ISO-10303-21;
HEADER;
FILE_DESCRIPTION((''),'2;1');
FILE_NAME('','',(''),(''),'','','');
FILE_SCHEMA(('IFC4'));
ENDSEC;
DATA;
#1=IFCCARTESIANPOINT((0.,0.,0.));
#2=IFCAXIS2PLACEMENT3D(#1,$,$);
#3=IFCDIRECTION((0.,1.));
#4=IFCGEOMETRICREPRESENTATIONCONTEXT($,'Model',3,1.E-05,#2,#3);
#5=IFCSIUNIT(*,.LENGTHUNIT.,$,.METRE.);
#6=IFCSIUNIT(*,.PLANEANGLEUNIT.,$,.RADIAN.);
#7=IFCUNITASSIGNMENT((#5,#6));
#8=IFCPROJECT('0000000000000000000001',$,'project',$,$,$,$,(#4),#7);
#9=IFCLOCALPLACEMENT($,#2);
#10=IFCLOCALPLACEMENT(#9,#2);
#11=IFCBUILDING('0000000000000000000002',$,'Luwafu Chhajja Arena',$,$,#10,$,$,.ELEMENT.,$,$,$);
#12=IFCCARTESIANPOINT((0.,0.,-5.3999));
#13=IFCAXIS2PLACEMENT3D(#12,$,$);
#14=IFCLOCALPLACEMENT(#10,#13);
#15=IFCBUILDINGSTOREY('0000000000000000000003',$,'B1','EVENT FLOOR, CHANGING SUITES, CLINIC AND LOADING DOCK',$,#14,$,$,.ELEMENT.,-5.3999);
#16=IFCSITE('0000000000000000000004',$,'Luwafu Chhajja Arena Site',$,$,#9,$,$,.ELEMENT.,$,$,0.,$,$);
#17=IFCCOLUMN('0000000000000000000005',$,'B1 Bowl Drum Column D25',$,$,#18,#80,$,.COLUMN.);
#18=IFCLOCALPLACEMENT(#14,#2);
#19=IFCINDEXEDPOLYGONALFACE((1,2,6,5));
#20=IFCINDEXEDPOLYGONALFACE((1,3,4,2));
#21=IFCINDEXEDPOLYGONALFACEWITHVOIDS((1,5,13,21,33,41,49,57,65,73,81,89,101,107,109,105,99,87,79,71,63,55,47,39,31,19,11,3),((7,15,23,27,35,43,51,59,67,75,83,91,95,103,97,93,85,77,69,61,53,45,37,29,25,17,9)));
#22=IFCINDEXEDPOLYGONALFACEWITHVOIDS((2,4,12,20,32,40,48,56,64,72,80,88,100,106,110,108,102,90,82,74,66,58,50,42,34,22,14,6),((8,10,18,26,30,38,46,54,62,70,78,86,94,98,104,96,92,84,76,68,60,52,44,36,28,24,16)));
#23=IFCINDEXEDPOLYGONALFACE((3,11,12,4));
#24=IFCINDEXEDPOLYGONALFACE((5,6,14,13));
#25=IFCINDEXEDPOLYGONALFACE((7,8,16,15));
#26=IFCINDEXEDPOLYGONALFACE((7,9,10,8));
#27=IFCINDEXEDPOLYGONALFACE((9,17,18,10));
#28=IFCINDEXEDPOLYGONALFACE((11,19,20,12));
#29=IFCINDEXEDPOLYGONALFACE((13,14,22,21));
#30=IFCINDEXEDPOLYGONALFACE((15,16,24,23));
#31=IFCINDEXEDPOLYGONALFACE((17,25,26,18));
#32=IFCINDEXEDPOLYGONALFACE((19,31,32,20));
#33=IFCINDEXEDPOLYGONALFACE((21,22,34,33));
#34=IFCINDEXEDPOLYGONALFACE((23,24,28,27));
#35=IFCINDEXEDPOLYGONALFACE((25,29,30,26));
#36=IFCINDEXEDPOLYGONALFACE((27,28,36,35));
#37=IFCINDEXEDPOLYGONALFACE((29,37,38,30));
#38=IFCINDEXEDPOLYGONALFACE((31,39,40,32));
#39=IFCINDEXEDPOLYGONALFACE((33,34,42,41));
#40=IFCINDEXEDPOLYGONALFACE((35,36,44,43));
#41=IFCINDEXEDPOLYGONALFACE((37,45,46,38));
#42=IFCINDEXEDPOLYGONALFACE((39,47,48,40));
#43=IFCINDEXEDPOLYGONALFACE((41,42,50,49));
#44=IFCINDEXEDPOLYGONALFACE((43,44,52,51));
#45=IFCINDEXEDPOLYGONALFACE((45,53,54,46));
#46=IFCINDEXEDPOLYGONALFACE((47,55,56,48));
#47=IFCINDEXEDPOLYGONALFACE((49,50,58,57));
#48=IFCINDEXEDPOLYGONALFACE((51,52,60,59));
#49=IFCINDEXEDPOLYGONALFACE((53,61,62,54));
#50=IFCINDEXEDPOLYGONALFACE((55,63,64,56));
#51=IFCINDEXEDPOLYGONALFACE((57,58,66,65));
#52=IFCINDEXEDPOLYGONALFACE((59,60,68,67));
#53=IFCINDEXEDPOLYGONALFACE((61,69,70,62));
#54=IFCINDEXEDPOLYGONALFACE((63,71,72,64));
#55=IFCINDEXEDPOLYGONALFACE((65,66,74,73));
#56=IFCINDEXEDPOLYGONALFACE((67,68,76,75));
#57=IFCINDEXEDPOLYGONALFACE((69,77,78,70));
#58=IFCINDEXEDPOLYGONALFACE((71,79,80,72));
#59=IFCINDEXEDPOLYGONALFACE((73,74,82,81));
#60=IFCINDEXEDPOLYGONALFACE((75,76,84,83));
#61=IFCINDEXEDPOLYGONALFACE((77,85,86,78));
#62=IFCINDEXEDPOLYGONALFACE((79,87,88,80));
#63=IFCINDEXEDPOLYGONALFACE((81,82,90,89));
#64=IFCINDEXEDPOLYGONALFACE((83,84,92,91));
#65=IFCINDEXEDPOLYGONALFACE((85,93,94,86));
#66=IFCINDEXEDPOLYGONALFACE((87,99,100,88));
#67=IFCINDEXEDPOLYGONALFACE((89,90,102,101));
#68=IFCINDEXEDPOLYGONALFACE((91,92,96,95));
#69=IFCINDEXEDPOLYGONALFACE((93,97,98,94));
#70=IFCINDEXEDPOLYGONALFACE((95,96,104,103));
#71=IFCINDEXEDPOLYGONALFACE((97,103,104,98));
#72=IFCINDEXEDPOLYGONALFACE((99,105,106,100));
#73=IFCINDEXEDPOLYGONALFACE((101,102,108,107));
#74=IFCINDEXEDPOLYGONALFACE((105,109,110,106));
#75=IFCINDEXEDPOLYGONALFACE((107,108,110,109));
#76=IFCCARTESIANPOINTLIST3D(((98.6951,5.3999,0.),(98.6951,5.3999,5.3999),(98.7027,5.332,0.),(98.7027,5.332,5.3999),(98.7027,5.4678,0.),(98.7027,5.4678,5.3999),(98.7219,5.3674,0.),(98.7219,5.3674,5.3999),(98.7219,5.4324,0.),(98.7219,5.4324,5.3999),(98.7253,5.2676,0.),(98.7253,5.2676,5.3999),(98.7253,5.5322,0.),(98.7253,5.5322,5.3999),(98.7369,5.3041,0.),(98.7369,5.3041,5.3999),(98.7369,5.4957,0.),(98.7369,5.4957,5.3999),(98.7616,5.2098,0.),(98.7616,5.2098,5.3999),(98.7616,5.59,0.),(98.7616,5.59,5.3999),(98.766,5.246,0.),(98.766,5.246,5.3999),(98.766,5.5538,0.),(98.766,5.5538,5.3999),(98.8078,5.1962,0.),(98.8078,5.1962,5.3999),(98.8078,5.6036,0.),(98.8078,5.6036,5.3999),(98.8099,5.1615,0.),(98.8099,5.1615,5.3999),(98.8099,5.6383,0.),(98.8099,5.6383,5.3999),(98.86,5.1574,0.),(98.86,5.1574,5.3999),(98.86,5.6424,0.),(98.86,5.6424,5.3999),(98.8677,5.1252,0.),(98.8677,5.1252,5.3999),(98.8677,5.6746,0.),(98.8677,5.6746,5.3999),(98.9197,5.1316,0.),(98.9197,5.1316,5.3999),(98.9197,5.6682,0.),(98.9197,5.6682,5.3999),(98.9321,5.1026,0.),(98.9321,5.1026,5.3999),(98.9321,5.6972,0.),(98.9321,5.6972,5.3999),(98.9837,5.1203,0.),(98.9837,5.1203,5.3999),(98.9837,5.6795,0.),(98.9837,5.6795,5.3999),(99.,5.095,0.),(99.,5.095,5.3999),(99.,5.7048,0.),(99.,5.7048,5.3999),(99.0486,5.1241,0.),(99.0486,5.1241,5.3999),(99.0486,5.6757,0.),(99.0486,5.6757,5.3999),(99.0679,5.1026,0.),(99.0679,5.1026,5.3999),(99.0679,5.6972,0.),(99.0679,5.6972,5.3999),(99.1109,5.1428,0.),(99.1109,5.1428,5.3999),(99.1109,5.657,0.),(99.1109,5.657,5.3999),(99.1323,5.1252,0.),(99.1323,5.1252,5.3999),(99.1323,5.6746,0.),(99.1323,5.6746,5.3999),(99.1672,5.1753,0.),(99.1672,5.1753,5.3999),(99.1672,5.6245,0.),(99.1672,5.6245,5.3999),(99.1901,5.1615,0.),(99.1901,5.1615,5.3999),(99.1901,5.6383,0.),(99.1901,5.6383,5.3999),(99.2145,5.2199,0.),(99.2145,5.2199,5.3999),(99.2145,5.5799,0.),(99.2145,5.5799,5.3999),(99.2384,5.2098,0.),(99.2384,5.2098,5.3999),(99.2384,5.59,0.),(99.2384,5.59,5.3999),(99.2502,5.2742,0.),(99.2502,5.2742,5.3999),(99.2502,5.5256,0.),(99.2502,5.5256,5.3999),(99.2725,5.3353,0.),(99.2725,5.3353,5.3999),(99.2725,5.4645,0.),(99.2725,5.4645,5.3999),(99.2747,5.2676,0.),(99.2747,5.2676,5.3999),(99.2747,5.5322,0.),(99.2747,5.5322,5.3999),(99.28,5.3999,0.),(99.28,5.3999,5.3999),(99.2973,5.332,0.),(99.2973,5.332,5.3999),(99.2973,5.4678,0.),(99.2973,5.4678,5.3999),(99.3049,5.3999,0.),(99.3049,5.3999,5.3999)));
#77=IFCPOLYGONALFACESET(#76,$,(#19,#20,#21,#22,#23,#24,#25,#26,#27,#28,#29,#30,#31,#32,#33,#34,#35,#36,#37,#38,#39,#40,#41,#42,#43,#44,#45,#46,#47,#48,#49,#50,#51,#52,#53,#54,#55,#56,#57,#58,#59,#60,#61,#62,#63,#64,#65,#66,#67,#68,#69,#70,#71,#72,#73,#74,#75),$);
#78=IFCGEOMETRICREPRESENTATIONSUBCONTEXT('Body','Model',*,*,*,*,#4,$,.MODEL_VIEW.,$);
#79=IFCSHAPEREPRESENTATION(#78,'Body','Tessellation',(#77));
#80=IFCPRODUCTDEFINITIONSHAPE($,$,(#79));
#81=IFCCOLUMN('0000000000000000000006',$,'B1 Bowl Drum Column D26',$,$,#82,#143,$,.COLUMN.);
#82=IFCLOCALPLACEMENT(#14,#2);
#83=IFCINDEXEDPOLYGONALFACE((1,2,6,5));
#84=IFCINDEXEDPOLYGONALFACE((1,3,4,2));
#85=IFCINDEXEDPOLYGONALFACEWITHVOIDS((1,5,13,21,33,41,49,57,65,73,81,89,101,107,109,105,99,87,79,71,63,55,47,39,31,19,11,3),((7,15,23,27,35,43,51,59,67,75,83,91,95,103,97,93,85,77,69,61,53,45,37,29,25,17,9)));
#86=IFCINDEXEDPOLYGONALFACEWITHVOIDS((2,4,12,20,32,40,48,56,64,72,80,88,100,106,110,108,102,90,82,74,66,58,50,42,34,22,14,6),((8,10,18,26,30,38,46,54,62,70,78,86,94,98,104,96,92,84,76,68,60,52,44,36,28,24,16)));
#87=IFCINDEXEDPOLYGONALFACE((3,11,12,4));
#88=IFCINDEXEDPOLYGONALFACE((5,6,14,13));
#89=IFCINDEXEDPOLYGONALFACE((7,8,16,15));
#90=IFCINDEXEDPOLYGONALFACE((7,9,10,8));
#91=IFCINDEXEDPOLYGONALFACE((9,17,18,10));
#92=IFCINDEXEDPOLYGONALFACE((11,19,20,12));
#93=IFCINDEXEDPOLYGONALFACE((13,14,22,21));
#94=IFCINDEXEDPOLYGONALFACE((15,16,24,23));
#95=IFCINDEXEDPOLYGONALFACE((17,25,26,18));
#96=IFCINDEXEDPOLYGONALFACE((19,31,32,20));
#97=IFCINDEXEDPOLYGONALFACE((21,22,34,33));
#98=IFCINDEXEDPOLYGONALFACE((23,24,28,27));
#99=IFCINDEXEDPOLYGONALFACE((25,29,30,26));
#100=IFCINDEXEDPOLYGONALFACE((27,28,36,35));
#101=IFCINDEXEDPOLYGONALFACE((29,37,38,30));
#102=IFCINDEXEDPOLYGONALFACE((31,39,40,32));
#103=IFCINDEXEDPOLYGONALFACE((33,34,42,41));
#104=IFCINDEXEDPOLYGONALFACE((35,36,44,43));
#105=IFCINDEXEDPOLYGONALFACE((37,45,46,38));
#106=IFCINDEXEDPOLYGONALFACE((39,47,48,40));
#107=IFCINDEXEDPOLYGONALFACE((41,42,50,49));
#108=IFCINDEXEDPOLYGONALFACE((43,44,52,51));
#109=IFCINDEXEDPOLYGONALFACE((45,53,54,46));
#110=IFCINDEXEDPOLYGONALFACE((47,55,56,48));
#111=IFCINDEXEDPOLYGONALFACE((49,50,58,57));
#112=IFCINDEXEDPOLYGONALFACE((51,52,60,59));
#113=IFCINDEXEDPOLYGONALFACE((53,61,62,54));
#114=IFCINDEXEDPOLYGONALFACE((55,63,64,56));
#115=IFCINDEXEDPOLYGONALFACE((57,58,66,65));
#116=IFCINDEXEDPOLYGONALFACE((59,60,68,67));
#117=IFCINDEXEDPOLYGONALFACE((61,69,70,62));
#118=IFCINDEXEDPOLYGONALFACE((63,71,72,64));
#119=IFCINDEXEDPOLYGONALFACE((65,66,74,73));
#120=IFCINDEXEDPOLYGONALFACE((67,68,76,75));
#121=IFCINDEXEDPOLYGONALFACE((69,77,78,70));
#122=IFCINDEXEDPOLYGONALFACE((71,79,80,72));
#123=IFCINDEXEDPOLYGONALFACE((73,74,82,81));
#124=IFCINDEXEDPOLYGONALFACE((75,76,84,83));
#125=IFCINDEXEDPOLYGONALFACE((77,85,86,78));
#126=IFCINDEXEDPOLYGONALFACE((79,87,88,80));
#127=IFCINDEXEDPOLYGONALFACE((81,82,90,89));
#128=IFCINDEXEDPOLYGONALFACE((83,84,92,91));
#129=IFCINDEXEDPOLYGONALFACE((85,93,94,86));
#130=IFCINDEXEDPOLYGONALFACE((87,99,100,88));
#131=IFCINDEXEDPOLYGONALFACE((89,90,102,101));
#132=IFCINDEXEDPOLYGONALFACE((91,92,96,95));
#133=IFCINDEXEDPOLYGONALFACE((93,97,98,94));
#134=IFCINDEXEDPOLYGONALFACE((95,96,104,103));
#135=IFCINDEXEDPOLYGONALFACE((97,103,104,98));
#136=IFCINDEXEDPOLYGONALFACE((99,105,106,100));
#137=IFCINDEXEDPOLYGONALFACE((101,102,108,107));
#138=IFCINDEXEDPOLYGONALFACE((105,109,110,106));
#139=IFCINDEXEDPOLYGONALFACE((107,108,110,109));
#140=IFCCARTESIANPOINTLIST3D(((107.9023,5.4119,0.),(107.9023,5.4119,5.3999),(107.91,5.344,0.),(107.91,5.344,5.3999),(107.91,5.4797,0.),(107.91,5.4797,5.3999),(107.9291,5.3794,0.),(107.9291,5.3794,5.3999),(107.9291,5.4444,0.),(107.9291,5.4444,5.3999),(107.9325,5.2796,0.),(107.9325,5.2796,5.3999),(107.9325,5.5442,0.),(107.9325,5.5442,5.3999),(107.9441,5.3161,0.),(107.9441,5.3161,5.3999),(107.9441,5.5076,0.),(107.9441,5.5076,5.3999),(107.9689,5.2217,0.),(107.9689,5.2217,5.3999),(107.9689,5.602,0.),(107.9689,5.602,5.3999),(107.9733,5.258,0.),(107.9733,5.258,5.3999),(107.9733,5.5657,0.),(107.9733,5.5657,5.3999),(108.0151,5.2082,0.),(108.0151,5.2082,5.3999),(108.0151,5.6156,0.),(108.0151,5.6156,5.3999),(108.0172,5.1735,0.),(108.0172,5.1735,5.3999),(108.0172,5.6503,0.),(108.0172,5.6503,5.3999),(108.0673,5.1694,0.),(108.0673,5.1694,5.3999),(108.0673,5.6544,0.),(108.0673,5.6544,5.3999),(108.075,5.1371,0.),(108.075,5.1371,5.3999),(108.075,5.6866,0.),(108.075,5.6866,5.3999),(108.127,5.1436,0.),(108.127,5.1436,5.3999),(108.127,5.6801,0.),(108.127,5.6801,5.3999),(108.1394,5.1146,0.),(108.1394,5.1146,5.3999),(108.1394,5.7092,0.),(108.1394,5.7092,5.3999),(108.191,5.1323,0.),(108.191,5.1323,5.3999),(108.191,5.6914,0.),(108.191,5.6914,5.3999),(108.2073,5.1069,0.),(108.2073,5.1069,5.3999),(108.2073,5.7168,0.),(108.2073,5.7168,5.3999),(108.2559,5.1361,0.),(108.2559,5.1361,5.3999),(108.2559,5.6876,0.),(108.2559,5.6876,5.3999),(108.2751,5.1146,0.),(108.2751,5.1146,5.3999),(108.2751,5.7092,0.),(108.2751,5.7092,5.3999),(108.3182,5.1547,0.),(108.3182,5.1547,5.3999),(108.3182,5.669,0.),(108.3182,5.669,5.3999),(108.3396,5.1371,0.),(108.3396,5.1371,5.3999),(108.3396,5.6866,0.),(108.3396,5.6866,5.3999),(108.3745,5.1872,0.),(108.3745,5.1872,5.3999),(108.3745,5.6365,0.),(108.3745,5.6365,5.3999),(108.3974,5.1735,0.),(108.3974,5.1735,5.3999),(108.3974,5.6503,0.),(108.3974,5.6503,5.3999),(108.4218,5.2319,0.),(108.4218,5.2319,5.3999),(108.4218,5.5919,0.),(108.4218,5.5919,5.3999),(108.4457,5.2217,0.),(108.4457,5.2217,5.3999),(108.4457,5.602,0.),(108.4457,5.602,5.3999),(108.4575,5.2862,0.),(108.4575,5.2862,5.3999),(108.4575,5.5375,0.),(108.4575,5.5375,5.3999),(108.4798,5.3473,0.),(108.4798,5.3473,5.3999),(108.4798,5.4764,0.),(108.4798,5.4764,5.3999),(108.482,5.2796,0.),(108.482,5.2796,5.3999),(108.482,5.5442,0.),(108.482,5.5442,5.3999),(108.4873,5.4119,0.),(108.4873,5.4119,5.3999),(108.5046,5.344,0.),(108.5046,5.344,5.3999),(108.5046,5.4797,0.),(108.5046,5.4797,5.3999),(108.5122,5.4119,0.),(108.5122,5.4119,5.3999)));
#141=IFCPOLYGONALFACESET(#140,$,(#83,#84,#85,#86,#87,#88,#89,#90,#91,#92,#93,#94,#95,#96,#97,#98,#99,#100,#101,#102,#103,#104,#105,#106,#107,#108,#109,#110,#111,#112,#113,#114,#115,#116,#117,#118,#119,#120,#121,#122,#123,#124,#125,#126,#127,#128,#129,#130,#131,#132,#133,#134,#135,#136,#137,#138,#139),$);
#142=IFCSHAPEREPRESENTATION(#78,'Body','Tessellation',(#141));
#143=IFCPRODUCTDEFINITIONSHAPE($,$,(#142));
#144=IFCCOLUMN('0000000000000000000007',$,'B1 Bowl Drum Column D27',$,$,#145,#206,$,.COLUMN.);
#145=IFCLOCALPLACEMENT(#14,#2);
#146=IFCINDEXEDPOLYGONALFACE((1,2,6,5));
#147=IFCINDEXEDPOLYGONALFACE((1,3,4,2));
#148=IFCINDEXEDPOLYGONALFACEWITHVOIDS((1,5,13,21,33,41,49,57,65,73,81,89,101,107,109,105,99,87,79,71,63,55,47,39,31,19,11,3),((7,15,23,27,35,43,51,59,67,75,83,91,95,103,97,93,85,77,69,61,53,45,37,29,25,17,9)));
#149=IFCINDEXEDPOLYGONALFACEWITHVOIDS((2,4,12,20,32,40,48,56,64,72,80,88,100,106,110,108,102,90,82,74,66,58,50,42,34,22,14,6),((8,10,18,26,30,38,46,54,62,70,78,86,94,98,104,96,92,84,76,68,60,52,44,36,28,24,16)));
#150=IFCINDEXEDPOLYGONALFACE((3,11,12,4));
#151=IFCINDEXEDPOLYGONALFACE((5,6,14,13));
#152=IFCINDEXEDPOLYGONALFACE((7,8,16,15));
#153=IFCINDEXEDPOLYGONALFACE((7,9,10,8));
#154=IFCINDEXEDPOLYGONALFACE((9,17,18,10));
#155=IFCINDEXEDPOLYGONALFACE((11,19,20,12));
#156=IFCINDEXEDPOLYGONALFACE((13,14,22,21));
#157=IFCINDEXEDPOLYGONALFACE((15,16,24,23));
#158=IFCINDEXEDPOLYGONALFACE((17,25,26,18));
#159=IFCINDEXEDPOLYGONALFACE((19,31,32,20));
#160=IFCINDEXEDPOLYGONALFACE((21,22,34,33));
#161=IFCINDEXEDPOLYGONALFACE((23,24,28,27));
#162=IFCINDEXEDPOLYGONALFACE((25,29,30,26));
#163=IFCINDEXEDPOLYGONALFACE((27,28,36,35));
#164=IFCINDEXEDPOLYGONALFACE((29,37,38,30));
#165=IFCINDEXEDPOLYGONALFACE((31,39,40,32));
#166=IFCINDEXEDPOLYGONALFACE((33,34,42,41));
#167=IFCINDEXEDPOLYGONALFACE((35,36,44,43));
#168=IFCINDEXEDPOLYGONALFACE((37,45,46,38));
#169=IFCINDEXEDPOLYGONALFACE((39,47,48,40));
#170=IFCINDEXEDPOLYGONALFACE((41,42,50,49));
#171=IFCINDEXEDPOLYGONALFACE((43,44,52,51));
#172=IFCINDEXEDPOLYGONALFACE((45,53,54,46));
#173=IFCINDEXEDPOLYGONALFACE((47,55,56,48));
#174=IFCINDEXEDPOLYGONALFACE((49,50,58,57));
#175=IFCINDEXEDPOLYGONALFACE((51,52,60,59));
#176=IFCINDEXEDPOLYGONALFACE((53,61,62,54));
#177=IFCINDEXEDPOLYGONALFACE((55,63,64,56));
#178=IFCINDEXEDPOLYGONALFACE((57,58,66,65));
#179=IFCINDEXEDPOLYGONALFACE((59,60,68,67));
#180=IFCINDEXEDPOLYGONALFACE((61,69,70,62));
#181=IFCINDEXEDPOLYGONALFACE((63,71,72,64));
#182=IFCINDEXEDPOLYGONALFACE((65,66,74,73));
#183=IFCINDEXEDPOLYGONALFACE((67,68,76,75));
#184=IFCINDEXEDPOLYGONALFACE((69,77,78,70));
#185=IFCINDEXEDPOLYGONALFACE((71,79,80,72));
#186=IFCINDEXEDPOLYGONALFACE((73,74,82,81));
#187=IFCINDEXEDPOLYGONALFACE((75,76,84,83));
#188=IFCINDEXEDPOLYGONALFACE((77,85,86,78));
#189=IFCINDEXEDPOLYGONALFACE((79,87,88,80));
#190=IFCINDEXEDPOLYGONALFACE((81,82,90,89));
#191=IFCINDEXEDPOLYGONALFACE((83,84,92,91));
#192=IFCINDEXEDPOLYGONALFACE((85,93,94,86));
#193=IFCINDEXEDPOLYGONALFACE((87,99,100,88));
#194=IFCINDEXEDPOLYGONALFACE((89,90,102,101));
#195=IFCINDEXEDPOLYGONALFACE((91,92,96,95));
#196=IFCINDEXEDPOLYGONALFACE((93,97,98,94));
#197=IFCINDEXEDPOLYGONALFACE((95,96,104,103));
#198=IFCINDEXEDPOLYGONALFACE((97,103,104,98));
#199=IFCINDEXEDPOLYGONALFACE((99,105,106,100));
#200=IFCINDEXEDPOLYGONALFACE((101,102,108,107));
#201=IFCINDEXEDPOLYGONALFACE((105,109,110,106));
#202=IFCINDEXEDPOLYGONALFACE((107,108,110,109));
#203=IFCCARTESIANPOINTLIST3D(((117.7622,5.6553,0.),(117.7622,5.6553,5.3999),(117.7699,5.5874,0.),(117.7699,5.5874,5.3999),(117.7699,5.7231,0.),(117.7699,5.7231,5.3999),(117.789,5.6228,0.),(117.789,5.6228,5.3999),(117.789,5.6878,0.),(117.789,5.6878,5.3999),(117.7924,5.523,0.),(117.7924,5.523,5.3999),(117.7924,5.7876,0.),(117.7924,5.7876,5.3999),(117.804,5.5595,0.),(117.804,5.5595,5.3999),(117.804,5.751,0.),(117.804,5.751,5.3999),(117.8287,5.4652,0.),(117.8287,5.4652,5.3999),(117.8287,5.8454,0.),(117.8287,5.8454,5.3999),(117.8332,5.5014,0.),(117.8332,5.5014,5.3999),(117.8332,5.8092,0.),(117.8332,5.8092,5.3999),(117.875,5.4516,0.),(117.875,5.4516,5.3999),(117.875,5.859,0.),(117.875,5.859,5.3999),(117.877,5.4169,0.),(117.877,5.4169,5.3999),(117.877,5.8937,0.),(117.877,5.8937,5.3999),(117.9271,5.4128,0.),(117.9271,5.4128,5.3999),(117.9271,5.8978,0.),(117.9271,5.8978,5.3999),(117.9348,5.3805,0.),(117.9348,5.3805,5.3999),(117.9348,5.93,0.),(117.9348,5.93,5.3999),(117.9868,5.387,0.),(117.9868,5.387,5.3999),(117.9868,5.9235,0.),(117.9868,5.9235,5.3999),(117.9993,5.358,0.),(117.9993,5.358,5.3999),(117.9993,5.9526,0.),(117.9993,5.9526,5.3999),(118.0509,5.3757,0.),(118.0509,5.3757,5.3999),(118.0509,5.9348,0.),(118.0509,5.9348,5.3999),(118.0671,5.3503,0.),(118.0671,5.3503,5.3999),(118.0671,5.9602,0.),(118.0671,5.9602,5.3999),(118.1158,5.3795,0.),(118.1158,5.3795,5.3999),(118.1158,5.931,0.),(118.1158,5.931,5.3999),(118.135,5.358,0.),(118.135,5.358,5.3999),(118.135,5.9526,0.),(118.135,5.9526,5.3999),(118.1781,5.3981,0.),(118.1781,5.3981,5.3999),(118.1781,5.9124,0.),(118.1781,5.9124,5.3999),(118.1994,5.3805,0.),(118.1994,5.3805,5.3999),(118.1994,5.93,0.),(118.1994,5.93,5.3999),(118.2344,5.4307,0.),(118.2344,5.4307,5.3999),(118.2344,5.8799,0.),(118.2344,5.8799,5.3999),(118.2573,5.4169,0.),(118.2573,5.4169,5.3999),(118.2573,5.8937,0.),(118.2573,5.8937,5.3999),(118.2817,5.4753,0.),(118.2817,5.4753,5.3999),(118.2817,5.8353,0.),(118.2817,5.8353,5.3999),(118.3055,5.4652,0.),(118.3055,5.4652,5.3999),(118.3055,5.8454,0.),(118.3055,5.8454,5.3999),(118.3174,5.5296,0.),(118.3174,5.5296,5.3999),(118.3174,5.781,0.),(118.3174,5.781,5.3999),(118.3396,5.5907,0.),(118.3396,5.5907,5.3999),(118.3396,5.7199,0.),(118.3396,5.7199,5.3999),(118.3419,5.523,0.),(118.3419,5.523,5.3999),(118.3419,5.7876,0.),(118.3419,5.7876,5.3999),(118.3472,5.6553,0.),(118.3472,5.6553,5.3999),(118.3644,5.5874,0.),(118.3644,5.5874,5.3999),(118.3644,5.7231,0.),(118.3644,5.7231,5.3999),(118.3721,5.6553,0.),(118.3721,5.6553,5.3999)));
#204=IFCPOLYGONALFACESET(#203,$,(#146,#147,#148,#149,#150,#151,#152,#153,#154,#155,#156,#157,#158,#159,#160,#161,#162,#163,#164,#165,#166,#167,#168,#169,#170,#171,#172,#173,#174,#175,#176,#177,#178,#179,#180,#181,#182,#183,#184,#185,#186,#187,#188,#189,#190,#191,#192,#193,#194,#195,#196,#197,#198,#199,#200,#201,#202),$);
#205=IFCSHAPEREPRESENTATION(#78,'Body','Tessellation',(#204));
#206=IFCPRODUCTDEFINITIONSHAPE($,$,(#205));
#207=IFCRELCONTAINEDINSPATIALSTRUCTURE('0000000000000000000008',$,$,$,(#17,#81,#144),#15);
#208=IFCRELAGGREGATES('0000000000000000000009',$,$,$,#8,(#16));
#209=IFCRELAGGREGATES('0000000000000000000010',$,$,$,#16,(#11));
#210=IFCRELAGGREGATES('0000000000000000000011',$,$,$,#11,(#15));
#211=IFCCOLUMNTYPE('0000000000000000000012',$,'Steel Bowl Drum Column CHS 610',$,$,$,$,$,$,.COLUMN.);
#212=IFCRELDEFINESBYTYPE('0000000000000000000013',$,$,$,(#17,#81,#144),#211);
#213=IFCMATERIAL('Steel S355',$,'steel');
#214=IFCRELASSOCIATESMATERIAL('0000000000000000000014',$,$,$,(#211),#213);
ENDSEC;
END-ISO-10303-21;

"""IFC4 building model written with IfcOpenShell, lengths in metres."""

from ifc_helpers import new_model, si_unit, direction, frame, origin, origin_2d, place, context, subcontext, project, spatial, hollow_circle, extrude, material, material_profile, profile_set, type_object, element, save


model = new_model("IFC4")

# Units and contexts
model_context = context("Model", 3, precision=1e-05, world=origin(), true_north=direction((0.0, 1.0)))
body_context = subcontext(model_context, "Body", "Model", "MODEL_VIEW")
ifc_project = project(units=[si_unit("LENGTHUNIT", "METRE"), si_unit("PLANEANGLEUNIT", "RADIAN")], contexts=[model_context])

# Site, building, storey
site_placement = place(None, origin())
site = spatial("IfcSite", under=ifc_project, at=site_placement, Name="Luwafu Chhajja Arena Site", CompositionType="ELEMENT", RefElevation=0.0)
building_placement = place(site_placement, origin())
building = spatial("IfcBuilding", under=site, at=building_placement, Name="Luwafu Chhajja Arena", CompositionType="ELEMENT")
storey_placement = place(building_placement, frame((0.0, 0.0, -5.3999)))
storey = spatial("IfcBuildingStorey", under=building, at=storey_placement, Name="B1", Description="EVENT FLOOR, CHANGING SUITES, CLINIC AND LOADING DOCK", CompositionType="ELEMENT", Elevation=-5.3999)

# Columns
ifc_material_1 = material(Name="Steel S355", Category="steel")
ifc_material_profile_1 = material_profile(ifc_material_1, hollow_circle(Radius=0.3049, WallThickness=0.0249, at=origin_2d()), Name="CHS 610x25")
ifc_profile_set_1 = profile_set([ifc_material_profile_1], Name="Steel S355")
column_type_1 = type_object("IfcColumnType", Name="Steel Bowl Drum Column CHS 610", PredefinedType="COLUMN", material=ifc_profile_set_1)
for number, where, z_axis, x_axis, name in (
    (1, (99.0, 5.3999, 0.0), (0.0, 0.0, 1.0), (1.0, 0.0, 0.0), "B1 Bowl Drum Column D25"),
    (2, (108.2073, 5.4119, 0.0), (0.0, 0.0, 1.0), (1.0, 0.0, 0.0), "B1 Bowl Drum Column D26"),
    (3, (118.0671, 5.6553, 0.0), (0.0, 0.0, 1.0), (1.0, 0.0, 0.0), "B1 Bowl Drum Column D27"),
):
    element("IfcColumn", number, at=place(storey_placement, frame(where, z_axis=z_axis, x_axis=x_axis)), inside=storey, type_object=column_type_1, Name=name, PredefinedType="COLUMN", context=body_context, shape_type="SweptSolid", body=[
        extrude(hollow_circle(Radius=0.3049, WallThickness=0.0249, at=origin_2d()), origin(), (0.0, 0.0, 1.0), 5.3999),
    ])

save(model, "model.ifc")
